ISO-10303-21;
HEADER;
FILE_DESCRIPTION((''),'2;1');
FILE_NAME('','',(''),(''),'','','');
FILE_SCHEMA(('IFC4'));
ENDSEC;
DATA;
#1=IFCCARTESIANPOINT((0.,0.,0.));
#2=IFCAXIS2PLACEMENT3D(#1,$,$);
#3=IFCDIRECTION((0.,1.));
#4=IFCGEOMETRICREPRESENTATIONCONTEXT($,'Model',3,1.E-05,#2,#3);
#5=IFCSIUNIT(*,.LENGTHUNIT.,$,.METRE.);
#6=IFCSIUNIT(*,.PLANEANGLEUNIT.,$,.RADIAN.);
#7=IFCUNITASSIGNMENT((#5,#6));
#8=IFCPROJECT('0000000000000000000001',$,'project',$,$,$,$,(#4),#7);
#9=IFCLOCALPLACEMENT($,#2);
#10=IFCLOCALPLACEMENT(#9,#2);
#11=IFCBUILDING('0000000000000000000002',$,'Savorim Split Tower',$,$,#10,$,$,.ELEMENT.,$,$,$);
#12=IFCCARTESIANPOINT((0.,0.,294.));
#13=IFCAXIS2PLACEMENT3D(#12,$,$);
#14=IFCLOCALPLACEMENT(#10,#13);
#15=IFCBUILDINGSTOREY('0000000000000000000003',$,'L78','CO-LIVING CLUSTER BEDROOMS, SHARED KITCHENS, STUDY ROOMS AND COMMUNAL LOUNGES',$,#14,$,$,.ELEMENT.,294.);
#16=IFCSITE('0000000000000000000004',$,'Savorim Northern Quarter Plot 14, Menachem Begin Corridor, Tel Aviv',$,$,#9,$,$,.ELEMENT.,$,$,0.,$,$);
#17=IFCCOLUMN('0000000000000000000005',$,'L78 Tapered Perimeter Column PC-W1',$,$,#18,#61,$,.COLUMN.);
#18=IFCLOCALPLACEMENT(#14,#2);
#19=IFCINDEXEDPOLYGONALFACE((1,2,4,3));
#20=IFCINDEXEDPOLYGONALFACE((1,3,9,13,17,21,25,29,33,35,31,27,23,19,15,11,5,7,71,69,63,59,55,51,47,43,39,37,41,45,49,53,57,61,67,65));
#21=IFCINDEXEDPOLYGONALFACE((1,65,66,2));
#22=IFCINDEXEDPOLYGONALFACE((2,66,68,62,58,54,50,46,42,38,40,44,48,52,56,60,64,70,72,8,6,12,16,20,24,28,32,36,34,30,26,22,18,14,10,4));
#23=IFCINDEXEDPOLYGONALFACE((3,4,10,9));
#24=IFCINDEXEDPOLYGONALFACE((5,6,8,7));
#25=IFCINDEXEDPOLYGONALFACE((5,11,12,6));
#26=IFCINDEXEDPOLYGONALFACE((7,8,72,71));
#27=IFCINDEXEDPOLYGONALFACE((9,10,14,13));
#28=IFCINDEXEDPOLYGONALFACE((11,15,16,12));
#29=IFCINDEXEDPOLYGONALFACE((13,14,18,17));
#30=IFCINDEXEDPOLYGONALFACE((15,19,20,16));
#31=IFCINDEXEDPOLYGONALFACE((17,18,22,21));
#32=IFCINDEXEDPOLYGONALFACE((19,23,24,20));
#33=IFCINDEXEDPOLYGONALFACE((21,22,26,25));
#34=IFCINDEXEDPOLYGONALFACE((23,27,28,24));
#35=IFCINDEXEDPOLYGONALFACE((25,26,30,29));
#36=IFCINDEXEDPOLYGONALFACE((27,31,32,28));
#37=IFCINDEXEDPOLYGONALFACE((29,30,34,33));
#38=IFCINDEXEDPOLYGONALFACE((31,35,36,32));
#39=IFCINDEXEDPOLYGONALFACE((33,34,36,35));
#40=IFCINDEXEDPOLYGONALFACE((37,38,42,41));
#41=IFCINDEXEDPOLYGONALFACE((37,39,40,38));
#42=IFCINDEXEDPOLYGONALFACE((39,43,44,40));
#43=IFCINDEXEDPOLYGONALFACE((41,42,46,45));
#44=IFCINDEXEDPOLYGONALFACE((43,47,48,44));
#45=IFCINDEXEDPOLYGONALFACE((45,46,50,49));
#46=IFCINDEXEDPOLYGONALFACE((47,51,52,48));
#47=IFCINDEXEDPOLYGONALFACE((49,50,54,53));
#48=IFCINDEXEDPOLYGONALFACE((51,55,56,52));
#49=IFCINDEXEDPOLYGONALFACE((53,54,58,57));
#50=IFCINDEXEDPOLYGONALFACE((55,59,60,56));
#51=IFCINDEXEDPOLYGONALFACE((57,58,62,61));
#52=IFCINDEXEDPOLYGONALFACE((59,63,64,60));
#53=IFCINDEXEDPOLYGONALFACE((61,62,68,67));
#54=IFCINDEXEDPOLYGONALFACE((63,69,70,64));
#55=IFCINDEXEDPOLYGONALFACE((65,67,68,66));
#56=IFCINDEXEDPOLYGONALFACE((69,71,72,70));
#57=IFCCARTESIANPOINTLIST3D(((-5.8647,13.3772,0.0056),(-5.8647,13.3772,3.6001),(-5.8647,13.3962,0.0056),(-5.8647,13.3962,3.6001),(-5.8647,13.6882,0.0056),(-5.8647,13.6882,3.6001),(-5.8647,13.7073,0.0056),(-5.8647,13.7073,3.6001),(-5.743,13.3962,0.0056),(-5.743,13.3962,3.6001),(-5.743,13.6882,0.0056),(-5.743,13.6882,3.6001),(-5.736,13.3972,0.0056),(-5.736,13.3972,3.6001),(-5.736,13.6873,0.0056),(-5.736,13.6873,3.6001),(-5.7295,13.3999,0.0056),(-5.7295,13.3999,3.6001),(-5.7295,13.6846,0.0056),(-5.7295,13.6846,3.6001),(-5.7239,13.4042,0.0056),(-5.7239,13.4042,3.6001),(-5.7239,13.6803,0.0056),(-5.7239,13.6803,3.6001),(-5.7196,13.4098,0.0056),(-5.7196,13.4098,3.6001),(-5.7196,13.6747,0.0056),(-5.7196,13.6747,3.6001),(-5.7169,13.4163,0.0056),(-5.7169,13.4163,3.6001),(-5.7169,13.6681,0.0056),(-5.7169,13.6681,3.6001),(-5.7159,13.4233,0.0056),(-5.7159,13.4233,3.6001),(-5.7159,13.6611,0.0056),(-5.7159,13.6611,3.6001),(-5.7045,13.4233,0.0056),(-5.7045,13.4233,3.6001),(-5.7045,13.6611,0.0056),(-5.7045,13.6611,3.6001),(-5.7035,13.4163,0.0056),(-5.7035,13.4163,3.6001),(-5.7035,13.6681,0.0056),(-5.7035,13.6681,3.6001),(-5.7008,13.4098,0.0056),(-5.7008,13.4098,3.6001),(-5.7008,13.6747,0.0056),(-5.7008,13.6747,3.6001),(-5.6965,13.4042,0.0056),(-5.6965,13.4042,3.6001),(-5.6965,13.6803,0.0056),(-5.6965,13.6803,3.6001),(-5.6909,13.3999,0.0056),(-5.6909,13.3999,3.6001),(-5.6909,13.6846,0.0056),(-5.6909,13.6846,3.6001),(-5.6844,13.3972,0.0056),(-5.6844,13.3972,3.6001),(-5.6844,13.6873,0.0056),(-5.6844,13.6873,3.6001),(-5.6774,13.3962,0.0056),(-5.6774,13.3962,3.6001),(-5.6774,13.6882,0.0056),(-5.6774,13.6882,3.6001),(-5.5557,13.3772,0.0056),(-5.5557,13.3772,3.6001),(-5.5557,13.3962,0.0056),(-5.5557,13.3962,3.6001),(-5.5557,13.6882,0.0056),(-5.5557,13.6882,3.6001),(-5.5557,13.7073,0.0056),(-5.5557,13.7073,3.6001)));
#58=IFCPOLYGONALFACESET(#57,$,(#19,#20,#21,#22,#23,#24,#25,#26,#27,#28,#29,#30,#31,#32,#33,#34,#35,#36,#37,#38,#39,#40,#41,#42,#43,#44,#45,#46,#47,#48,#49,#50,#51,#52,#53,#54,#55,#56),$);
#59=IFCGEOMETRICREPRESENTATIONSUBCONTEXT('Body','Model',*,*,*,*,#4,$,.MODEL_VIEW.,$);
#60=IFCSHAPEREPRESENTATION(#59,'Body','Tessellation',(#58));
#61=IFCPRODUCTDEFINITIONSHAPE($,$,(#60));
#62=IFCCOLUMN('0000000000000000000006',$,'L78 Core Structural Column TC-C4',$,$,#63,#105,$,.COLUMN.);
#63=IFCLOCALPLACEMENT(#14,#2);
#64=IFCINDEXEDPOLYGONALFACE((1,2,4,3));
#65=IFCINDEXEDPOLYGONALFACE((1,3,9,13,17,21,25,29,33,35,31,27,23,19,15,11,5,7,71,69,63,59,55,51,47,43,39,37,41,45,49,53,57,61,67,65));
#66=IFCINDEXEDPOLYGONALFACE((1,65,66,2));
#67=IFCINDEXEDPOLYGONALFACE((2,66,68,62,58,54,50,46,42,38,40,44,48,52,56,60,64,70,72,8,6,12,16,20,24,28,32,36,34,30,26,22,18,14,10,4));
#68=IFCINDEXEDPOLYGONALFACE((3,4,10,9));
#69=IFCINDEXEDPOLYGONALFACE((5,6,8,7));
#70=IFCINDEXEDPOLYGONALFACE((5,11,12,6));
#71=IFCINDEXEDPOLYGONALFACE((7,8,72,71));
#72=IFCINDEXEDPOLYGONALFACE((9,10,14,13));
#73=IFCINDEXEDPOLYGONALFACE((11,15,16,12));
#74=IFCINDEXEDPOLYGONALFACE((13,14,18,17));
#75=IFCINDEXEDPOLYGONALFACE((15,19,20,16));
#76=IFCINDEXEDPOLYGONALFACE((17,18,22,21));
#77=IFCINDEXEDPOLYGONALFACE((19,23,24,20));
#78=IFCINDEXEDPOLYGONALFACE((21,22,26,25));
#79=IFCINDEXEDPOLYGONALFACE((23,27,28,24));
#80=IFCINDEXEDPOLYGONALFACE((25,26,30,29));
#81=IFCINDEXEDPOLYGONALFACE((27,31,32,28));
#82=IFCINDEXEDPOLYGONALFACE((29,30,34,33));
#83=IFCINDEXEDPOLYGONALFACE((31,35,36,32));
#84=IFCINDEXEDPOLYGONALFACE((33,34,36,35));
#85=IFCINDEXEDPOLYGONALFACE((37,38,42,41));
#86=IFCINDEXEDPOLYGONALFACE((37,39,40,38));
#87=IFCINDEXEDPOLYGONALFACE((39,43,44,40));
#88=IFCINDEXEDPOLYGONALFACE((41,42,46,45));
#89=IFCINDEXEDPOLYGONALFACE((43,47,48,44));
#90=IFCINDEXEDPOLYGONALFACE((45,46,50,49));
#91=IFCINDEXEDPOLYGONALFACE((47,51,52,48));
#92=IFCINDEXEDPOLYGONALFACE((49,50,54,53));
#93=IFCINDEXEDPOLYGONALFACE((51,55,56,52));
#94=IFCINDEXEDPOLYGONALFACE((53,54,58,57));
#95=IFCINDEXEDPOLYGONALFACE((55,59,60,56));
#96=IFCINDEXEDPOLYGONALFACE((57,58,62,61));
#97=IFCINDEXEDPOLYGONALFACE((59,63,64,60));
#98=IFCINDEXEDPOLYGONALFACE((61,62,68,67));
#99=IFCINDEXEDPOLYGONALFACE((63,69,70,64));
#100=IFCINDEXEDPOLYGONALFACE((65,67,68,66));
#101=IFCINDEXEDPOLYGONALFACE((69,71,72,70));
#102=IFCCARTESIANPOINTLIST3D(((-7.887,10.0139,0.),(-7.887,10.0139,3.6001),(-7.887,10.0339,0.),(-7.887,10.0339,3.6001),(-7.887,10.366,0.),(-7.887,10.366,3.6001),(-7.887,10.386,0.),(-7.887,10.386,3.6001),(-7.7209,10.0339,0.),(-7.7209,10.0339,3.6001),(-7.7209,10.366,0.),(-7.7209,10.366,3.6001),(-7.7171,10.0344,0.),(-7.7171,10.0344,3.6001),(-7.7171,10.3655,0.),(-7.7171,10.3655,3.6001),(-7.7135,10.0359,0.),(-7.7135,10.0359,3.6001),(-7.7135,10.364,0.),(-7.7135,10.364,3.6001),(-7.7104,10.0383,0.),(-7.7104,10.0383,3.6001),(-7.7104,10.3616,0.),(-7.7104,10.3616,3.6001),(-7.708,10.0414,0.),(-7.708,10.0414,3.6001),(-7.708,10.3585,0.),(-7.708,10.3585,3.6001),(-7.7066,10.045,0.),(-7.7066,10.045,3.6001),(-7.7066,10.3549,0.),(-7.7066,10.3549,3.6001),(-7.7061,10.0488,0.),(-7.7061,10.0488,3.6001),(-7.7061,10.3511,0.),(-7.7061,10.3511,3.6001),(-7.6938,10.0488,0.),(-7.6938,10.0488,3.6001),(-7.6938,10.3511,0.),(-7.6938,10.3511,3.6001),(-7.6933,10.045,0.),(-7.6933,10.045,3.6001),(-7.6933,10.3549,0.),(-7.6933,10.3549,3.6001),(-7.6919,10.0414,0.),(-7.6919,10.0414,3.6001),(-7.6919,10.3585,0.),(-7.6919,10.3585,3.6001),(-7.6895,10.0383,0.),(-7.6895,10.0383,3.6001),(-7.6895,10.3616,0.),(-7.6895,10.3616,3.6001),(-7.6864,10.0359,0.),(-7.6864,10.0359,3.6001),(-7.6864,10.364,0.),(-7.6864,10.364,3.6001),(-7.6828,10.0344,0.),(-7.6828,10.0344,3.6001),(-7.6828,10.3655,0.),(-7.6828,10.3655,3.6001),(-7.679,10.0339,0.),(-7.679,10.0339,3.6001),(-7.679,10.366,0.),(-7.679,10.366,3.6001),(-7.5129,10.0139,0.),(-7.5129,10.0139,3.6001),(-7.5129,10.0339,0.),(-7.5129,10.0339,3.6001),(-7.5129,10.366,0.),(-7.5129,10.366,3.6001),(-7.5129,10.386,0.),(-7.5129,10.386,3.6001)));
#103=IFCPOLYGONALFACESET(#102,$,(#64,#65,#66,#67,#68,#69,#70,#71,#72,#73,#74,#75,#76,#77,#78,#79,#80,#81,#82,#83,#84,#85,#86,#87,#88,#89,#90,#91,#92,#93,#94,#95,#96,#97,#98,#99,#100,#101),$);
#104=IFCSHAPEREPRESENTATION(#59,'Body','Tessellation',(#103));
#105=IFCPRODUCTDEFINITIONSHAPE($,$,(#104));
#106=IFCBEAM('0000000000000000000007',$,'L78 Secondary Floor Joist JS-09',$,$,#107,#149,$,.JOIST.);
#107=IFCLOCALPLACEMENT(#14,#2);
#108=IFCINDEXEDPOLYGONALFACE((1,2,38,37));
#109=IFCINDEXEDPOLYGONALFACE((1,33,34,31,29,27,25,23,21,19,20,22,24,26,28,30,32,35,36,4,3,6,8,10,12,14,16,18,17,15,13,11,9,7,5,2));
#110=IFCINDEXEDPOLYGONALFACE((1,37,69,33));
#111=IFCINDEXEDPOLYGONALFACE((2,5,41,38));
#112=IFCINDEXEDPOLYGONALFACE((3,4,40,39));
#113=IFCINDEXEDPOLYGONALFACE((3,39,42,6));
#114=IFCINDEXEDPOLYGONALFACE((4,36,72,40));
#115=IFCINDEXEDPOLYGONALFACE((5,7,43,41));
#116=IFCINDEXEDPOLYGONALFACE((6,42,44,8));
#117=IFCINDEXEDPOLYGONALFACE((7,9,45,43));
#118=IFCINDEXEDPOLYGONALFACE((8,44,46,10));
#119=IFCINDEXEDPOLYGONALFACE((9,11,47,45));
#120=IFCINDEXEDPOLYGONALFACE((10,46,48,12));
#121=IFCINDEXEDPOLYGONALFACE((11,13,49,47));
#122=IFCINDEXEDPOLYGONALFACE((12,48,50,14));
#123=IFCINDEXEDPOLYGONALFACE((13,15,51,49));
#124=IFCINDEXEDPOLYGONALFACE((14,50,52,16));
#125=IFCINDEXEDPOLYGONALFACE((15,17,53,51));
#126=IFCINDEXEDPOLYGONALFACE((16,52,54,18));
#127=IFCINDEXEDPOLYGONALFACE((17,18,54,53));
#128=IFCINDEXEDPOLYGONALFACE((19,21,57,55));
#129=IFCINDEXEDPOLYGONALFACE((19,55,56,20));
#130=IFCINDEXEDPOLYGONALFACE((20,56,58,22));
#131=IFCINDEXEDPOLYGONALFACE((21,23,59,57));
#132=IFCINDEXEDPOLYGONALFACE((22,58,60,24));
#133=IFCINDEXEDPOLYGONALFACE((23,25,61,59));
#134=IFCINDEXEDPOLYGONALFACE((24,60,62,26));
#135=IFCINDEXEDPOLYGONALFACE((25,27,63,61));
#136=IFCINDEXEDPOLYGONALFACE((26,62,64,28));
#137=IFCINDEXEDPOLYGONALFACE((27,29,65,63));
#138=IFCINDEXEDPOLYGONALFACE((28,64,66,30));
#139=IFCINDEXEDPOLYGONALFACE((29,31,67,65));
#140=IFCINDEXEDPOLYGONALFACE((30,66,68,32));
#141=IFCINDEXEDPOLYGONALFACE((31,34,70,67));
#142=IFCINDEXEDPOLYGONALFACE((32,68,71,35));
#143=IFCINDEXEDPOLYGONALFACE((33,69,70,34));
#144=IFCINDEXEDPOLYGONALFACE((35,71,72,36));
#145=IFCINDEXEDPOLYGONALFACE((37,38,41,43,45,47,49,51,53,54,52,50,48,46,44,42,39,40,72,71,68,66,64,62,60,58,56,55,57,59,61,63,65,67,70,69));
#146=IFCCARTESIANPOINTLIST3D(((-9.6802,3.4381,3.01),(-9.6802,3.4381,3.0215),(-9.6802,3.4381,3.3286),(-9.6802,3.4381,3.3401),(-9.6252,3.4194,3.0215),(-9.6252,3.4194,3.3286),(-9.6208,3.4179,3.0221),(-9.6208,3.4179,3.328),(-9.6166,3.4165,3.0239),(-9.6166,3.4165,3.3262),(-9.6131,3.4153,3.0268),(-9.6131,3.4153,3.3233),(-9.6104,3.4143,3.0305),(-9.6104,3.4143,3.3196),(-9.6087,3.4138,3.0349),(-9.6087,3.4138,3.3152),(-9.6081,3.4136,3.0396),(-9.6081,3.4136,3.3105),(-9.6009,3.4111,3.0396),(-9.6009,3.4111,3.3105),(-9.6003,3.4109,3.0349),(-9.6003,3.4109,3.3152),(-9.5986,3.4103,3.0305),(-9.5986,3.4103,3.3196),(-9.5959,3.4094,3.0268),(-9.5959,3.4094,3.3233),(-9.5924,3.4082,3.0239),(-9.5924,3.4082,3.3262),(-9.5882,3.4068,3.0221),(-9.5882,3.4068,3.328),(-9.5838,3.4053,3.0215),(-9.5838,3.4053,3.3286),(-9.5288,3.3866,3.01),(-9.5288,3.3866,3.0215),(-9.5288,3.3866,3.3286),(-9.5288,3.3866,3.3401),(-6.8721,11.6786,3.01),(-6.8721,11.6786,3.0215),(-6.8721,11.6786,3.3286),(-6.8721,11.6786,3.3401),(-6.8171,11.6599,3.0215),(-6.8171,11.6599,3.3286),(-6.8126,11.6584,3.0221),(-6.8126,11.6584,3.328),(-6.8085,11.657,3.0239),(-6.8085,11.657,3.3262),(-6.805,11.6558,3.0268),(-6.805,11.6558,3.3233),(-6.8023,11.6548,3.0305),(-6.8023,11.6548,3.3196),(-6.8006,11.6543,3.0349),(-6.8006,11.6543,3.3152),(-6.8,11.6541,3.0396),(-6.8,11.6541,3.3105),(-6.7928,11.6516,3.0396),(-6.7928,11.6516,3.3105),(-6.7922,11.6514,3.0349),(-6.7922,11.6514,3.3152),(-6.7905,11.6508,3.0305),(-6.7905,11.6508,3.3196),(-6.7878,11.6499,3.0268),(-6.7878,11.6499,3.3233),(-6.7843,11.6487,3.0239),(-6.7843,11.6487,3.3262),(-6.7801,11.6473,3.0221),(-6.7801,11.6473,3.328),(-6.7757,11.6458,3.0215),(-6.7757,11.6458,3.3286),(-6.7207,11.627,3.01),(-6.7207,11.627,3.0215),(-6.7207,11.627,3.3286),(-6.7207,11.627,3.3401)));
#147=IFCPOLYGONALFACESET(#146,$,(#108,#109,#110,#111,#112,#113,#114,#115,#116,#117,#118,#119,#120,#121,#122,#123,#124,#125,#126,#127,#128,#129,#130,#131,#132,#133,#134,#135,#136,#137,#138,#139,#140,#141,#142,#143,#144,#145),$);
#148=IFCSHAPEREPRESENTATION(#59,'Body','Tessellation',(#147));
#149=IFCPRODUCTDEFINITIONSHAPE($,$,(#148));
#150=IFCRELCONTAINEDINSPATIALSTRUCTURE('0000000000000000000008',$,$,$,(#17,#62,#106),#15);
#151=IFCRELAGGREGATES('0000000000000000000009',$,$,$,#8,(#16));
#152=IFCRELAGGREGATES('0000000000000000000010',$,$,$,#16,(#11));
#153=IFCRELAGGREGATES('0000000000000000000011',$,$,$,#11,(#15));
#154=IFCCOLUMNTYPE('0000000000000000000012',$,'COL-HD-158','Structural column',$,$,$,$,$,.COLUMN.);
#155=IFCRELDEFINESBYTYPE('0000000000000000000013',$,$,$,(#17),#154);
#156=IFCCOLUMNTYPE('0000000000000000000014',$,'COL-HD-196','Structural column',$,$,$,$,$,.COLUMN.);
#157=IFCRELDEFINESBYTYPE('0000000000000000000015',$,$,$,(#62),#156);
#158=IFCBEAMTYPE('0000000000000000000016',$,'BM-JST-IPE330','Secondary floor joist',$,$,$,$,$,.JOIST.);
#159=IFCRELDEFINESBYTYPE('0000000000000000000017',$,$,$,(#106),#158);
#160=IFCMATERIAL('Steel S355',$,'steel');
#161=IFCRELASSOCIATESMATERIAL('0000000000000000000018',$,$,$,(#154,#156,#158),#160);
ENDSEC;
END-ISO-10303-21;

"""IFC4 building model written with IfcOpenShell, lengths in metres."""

from ifc_helpers import new_model, si_unit, direction, frame, origin, origin_2d, place, context, subcontext, project, spatial, i_section, extrude, material, material_profile, profile_set, type_object, element, save


model = new_model("IFC4")

# Units and contexts
model_context = context("Model", 3, precision=1e-05, world=origin(), true_north=direction((0.0, 1.0)))
body_context = subcontext(model_context, "Body", "Model", "MODEL_VIEW")
ifc_project = project(units=[si_unit("LENGTHUNIT", "METRE"), si_unit("PLANEANGLEUNIT", "RADIAN")], contexts=[model_context])

# Site, building, storey
site_placement = place(None, origin())
site = spatial("IfcSite", under=ifc_project, at=site_placement, Name="Savorim Northern Quarter Plot 14, Menachem Begin Corridor, Tel Aviv", CompositionType="ELEMENT", RefElevation=0.0)
building_placement = place(site_placement, origin())
building = spatial("IfcBuilding", under=site, at=building_placement, Name="Savorim Split Tower", CompositionType="ELEMENT")
storey_placement = place(building_placement, frame((0.0, 0.0, 294.0)))
storey = spatial("IfcBuildingStorey", under=building, at=storey_placement, Name="L78", Description="CO-LIVING CLUSTER BEDROOMS, SHARED KITCHENS, STUDY ROOMS AND COMMUNAL LOUNGES", CompositionType="ELEMENT", Elevation=294.0)

# Columns
ifc_material_1 = material(Name="Steel S355", Category="steel")
ifc_material_profile_1 = material_profile(ifc_material_1, i_section(OverallWidth=0.3091, OverallDepth=0.3301, WebThickness=0.0115, FlangeThickness=0.019, FilletRadius=0.0271, at=origin_2d()), Name="HD 320x158")
ifc_profile_set_1 = profile_set([ifc_material_profile_1], Name="Steel S355")
column_type_1 = type_object("IfcColumnType", Name="COL-HD-158", Description="Structural column", PredefinedType="COLUMN", material=ifc_profile_set_1)
column_1_placement = place(storey_placement, frame((-5.7102, 13.5422, 0.0056), z_axis=(0.0, 0.0, 1.0), x_axis=(1.0, 0.0, 0.0)))
element("IfcColumn", 1, at=column_1_placement, inside=storey, type_object=column_type_1, Name="L78 Tapered Perimeter Column PC-W1", PredefinedType="COLUMN", context=body_context, shape_type="SweptSolid", body=[
    extrude(i_section(OverallWidth=0.3091, OverallDepth=0.3301, WebThickness=0.0115, FlangeThickness=0.019, FilletRadius=0.0271, at=origin_2d()), origin(), (0.0, 0.0, 1.0), 3.5945),
])
ifc_material_profile_2 = material_profile(ifc_material_1, i_section(OverallWidth=0.374, OverallDepth=0.3721, WebThickness=0.0122, FlangeThickness=0.02, FilletRadius=0.0149, at=origin_2d()), Name="HD 360x196")
ifc_profile_set_2 = profile_set([ifc_material_profile_2], Name="Steel S355")
column_type_2 = type_object("IfcColumnType", Name="COL-HD-196", Description="Structural column", PredefinedType="COLUMN", material=ifc_profile_set_2)
column_2_placement = place(storey_placement, frame((-7.7, 10.2, 0.0), z_axis=(0.0, 0.0, 1.0), x_axis=(1.0, 0.0, 0.0)))
element("IfcColumn", 2, at=column_2_placement, inside=storey, type_object=column_type_2, Name="L78 Core Structural Column TC-C4", PredefinedType="COLUMN", context=body_context, shape_type="SweptSolid", body=[
    extrude(i_section(OverallWidth=0.374, OverallDepth=0.3721, WebThickness=0.0122, FlangeThickness=0.02, FilletRadius=0.0149, at=origin_2d()), origin(), (0.0, 0.0, 1.0), 3.6001),
])

# Beam
ifc_material_profile_3 = material_profile(ifc_material_1, i_section(OverallWidth=0.1599, OverallDepth=0.3301, WebThickness=0.0076, FlangeThickness=0.0115, FilletRadius=0.0181, at=origin_2d()), Name="IPE 330")
ifc_profile_set_3 = profile_set([ifc_material_profile_3], Name="Steel S355")
beam_type_1 = type_object("IfcBeamType", Name="BM-JST-IPE330", Description="Secondary floor joist", PredefinedType="JOIST", material=ifc_profile_set_3)
beam_1_placement = place(storey_placement, frame((-6.7964, 11.6528, 3.175), z_axis=(-0.322556, -0.94655, 0.0), x_axis=(0.94655, -0.322556, 0.0)))
element("IfcBeam", 3, at=beam_1_placement, inside=storey, type_object=beam_type_1, Name="L78 Secondary Floor Joist JS-09", PredefinedType="JOIST", context=body_context, shape_type="SweptSolid", body=[
    extrude(i_section(OverallWidth=0.1599, OverallDepth=0.3301, WebThickness=0.0076, FlangeThickness=0.0115, FilletRadius=0.0181, at=origin_2d()), origin(), (0.0, 0.0, 1.0), 8.7058),
])

save(model, "model.ifc")
